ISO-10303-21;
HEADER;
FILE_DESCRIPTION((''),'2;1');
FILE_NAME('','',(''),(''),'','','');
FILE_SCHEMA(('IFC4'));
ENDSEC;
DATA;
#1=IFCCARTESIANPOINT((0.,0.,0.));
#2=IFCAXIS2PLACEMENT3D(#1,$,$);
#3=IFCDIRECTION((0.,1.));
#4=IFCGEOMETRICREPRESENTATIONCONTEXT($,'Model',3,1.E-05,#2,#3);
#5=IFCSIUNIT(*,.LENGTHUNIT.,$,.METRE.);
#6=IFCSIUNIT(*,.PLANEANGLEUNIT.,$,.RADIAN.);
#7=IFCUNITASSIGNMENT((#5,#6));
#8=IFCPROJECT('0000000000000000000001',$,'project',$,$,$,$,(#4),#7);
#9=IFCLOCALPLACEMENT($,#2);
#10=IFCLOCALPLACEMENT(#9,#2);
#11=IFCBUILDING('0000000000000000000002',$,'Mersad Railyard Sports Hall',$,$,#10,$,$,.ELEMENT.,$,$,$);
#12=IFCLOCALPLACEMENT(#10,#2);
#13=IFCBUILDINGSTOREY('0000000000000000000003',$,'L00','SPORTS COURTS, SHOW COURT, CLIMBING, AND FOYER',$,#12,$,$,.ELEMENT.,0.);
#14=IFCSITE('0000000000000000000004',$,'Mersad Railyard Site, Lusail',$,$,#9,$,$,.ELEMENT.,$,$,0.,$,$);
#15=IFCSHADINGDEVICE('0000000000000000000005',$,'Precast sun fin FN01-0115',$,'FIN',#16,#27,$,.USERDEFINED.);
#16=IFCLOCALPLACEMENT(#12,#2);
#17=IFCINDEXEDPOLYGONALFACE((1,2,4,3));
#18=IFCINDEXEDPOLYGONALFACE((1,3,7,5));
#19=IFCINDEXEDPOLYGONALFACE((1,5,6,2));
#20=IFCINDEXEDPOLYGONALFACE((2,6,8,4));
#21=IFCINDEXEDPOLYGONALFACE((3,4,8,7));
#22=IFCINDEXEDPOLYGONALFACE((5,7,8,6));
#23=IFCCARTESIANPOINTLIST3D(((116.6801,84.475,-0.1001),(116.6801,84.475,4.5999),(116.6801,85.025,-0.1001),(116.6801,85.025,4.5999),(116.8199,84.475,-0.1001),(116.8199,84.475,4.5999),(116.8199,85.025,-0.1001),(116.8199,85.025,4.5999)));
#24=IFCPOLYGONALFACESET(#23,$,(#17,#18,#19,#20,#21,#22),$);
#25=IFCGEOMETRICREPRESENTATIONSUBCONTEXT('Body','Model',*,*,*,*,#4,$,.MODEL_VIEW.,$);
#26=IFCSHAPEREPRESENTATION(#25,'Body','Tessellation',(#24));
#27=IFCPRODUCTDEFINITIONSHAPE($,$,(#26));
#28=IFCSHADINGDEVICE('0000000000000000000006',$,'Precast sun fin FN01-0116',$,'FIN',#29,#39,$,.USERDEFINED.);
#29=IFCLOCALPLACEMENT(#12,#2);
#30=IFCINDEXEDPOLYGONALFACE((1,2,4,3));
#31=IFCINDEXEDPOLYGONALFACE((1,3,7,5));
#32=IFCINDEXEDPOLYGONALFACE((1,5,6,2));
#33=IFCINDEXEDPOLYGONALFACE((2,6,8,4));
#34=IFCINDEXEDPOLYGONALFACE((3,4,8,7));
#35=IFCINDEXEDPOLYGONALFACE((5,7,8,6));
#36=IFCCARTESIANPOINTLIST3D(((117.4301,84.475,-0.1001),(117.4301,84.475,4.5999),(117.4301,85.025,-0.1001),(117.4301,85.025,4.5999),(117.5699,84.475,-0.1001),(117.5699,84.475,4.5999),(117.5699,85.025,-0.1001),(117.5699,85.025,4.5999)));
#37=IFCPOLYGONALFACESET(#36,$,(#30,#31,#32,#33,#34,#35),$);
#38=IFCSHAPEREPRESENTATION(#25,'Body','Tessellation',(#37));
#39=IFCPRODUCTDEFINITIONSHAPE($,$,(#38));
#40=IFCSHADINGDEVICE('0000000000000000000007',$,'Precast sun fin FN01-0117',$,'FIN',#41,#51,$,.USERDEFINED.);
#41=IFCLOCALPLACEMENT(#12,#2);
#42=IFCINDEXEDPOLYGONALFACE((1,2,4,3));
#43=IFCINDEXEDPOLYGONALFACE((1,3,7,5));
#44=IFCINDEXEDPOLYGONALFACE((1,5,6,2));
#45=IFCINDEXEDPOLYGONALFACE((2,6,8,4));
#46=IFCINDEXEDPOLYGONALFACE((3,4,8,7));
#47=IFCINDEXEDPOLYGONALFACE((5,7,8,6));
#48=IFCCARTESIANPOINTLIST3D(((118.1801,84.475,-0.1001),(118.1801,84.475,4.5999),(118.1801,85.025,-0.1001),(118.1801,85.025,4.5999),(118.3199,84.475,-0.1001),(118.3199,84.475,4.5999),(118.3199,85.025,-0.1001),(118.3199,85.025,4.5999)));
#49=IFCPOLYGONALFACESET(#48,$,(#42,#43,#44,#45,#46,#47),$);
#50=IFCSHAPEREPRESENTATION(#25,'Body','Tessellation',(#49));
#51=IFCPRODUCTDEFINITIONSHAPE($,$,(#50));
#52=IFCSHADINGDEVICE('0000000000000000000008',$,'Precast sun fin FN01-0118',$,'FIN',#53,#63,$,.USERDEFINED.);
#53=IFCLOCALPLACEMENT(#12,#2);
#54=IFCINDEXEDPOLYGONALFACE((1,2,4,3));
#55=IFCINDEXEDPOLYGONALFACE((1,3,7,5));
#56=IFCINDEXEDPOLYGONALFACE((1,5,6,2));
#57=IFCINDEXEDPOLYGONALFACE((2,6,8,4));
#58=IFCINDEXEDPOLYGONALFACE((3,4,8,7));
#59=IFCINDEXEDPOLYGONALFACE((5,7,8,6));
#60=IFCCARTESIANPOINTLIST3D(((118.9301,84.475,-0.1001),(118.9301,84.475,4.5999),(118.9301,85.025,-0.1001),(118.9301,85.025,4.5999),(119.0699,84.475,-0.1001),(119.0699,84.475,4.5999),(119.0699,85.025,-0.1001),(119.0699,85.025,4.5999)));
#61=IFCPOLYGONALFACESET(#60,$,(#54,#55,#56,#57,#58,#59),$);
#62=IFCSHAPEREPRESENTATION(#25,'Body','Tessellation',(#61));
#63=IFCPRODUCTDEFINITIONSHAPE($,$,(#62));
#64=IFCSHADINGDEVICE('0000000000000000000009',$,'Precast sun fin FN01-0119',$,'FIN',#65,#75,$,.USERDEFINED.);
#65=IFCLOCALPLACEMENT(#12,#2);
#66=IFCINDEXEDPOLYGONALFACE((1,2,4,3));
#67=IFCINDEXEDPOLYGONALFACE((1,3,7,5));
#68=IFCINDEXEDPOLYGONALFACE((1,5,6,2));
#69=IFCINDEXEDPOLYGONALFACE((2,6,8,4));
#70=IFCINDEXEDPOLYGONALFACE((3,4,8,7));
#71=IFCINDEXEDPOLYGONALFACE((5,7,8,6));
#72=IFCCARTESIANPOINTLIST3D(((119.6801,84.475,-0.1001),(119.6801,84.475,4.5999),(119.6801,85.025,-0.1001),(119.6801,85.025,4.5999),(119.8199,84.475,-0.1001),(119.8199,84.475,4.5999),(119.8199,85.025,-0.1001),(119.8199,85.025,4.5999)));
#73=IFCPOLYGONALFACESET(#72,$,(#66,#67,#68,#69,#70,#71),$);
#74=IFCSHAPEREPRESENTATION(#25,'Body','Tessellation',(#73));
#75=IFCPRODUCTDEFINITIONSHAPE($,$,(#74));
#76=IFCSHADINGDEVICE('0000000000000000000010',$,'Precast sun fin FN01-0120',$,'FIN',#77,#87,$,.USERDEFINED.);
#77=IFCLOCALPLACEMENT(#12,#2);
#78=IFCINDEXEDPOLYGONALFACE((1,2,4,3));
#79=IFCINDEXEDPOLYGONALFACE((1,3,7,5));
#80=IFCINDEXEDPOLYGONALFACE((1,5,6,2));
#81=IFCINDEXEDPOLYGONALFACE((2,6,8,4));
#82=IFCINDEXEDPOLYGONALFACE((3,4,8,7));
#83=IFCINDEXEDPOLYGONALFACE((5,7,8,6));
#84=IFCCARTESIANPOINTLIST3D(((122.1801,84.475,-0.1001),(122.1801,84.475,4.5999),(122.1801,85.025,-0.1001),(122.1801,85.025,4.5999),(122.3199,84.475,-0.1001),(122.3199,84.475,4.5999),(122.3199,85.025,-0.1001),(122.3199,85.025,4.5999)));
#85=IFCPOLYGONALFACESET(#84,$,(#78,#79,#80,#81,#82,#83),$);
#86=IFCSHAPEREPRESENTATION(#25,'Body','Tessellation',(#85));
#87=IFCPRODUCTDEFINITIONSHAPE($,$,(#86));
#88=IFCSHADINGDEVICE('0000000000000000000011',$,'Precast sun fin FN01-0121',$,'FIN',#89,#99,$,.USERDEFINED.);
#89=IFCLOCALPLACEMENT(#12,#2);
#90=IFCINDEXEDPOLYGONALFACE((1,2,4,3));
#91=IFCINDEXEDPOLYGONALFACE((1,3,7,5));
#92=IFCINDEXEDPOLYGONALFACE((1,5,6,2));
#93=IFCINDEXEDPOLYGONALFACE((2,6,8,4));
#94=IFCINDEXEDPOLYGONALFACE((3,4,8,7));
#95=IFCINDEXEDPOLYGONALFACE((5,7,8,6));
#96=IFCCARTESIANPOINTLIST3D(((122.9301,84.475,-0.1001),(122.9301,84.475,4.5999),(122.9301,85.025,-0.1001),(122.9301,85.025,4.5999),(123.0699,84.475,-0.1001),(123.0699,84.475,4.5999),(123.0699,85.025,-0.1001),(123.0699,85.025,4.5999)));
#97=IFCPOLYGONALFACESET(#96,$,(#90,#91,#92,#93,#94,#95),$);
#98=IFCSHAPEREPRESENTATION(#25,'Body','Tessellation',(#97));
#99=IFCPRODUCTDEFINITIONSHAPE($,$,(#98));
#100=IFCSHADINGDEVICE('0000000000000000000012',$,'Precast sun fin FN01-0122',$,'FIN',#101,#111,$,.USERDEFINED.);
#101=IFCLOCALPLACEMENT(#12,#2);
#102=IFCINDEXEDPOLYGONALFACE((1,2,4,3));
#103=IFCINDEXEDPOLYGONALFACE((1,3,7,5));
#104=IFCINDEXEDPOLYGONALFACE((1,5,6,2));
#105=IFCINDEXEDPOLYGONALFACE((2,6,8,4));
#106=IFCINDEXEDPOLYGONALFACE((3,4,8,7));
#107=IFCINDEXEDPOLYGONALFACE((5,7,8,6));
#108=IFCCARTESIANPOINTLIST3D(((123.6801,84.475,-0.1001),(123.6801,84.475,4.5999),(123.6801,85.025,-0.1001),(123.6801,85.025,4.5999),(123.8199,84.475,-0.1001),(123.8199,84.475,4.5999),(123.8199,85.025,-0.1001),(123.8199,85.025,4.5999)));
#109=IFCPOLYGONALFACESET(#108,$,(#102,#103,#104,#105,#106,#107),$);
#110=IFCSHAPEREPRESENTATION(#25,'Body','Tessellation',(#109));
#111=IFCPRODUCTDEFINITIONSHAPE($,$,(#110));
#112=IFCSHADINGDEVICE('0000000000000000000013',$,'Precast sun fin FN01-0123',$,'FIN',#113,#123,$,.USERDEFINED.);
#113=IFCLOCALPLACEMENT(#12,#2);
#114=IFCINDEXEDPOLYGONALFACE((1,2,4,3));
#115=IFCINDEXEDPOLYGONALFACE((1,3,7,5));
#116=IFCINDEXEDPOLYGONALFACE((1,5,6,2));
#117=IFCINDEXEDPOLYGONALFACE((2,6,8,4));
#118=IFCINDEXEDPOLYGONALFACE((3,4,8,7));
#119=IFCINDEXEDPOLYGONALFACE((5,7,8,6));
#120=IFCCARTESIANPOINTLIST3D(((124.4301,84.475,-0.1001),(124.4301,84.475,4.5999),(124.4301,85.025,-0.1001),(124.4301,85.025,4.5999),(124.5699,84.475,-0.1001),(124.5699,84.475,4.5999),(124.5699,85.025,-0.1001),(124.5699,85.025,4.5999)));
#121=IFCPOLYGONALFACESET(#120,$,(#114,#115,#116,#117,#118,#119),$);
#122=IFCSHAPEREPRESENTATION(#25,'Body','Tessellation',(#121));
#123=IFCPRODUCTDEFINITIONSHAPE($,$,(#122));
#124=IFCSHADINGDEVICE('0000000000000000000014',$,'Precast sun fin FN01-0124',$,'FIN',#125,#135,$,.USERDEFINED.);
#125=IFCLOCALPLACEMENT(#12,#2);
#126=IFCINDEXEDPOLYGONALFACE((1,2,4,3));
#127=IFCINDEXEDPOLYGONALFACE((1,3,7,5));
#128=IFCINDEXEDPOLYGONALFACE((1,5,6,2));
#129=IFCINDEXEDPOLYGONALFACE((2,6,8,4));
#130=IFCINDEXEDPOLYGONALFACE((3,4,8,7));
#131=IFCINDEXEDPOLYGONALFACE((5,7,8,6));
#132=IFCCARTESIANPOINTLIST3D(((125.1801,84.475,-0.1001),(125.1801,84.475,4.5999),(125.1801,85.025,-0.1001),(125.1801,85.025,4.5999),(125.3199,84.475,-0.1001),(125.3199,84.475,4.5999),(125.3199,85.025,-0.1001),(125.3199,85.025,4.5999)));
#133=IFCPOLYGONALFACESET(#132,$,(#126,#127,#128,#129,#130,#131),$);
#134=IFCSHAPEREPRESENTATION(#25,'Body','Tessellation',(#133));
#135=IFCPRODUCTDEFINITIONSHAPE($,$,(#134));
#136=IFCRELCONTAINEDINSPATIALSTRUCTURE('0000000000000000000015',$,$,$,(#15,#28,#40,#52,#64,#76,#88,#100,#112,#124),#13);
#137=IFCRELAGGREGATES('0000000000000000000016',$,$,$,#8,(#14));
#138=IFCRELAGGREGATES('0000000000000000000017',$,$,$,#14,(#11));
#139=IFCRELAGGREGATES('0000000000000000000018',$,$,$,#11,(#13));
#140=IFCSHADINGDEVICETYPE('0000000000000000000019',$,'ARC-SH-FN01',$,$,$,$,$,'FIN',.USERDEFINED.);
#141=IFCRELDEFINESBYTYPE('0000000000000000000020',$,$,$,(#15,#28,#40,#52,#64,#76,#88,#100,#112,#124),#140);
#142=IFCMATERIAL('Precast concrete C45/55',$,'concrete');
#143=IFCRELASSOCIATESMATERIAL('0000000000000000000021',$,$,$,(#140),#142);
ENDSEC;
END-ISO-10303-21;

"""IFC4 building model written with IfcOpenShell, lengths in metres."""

from ifc_helpers import new_model, si_unit, direction, frame, origin, origin_2d, place, context, subcontext, project, spatial, rectangle, extrude, material, type_object, element, save


model = new_model("IFC4")

# Units and contexts
model_context = context("Model", 3, precision=1e-05, world=origin(), true_north=direction((0.0, 1.0)))
body_context = subcontext(model_context, "Body", "Model", "MODEL_VIEW")
ifc_project = project(units=[si_unit("LENGTHUNIT", "METRE"), si_unit("PLANEANGLEUNIT", "RADIAN")], contexts=[model_context])

# Site, building, storey
site_placement = place(None, origin())
site = spatial("IfcSite", under=ifc_project, at=site_placement, Name="Mersad Railyard Site, Lusail", CompositionType="ELEMENT", RefElevation=0.0)
building_placement = place(site_placement, origin())
building = spatial("IfcBuilding", under=site, at=building_placement, Name="Mersad Railyard Sports Hall", CompositionType="ELEMENT")
storey_placement = place(building_placement, origin())
storey = spatial("IfcBuildingStorey", under=building, at=storey_placement, Name="L00", Description="SPORTS COURTS, SHOW COURT, CLIMBING, AND FOYER", CompositionType="ELEMENT", Elevation=0.0)

# Shading devices
ifc_material_1 = material(Name="Precast concrete C45/55", Category="concrete")
shading_device_type = type_object("IfcShadingDeviceType", Name="ARC-SH-FN01", ElementType="FIN", PredefinedType="USERDEFINED", material=ifc_material_1)
for number, where, z_axis, x_axis, name in (
    (1, (116.75, 84.75, -0.1001), (0.0, 0.0, 1.0), (1.0, 0.0, 0.0), "Precast sun fin FN01-0115"),
    (2, (117.5, 84.75, -0.1001), (0.0, 0.0, 1.0), (1.0, 0.0, 0.0), "Precast sun fin FN01-0116"),
    (3, (118.25, 84.75, -0.1001), (0.0, 0.0, 1.0), (1.0, 0.0, 0.0), "Precast sun fin FN01-0117"),
    (4, (119.0, 84.75, -0.1001), (0.0, 0.0, 1.0), (1.0, 0.0, 0.0), "Precast sun fin FN01-0118"),
    (5, (119.75, 84.75, -0.1001), (0.0, 0.0, 1.0), (1.0, 0.0, 0.0), "Precast sun fin FN01-0119"),
    (6, (122.25, 84.75, -0.1001), (0.0, 0.0, 1.0), (1.0, 0.0, 0.0), "Precast sun fin FN01-0120"),
    (7, (123.0, 84.75, -0.1001), (0.0, 0.0, 1.0), (1.0, 0.0, 0.0), "Precast sun fin FN01-0121"),
    (8, (123.75, 84.75, -0.1001), (0.0, 0.0, 1.0), (1.0, 0.0, 0.0), "Precast sun fin FN01-0122"),
    (9, (124.5, 84.75, -0.1001), (0.0, 0.0, 1.0), (1.0, 0.0, 0.0), "Precast sun fin FN01-0123"),
    (10, (125.25, 84.75, -0.1001), (0.0, 0.0, 1.0), (1.0, 0.0, 0.0), "Precast sun fin FN01-0124"),
):
    element("IfcShadingDevice", number, at=place(storey_placement, frame(where, z_axis=z_axis, x_axis=x_axis)), inside=storey, type_object=shading_device_type, Name=name, ObjectType="FIN", PredefinedType="USERDEFINED", context=body_context, shape_type="SweptSolid", body=[
        extrude(rectangle(XDim=0.1399, YDim=0.55, at=origin_2d()), origin(), (0.0, 0.0, 1.0), 4.7),
    ])

save(model, "model.ifc")
